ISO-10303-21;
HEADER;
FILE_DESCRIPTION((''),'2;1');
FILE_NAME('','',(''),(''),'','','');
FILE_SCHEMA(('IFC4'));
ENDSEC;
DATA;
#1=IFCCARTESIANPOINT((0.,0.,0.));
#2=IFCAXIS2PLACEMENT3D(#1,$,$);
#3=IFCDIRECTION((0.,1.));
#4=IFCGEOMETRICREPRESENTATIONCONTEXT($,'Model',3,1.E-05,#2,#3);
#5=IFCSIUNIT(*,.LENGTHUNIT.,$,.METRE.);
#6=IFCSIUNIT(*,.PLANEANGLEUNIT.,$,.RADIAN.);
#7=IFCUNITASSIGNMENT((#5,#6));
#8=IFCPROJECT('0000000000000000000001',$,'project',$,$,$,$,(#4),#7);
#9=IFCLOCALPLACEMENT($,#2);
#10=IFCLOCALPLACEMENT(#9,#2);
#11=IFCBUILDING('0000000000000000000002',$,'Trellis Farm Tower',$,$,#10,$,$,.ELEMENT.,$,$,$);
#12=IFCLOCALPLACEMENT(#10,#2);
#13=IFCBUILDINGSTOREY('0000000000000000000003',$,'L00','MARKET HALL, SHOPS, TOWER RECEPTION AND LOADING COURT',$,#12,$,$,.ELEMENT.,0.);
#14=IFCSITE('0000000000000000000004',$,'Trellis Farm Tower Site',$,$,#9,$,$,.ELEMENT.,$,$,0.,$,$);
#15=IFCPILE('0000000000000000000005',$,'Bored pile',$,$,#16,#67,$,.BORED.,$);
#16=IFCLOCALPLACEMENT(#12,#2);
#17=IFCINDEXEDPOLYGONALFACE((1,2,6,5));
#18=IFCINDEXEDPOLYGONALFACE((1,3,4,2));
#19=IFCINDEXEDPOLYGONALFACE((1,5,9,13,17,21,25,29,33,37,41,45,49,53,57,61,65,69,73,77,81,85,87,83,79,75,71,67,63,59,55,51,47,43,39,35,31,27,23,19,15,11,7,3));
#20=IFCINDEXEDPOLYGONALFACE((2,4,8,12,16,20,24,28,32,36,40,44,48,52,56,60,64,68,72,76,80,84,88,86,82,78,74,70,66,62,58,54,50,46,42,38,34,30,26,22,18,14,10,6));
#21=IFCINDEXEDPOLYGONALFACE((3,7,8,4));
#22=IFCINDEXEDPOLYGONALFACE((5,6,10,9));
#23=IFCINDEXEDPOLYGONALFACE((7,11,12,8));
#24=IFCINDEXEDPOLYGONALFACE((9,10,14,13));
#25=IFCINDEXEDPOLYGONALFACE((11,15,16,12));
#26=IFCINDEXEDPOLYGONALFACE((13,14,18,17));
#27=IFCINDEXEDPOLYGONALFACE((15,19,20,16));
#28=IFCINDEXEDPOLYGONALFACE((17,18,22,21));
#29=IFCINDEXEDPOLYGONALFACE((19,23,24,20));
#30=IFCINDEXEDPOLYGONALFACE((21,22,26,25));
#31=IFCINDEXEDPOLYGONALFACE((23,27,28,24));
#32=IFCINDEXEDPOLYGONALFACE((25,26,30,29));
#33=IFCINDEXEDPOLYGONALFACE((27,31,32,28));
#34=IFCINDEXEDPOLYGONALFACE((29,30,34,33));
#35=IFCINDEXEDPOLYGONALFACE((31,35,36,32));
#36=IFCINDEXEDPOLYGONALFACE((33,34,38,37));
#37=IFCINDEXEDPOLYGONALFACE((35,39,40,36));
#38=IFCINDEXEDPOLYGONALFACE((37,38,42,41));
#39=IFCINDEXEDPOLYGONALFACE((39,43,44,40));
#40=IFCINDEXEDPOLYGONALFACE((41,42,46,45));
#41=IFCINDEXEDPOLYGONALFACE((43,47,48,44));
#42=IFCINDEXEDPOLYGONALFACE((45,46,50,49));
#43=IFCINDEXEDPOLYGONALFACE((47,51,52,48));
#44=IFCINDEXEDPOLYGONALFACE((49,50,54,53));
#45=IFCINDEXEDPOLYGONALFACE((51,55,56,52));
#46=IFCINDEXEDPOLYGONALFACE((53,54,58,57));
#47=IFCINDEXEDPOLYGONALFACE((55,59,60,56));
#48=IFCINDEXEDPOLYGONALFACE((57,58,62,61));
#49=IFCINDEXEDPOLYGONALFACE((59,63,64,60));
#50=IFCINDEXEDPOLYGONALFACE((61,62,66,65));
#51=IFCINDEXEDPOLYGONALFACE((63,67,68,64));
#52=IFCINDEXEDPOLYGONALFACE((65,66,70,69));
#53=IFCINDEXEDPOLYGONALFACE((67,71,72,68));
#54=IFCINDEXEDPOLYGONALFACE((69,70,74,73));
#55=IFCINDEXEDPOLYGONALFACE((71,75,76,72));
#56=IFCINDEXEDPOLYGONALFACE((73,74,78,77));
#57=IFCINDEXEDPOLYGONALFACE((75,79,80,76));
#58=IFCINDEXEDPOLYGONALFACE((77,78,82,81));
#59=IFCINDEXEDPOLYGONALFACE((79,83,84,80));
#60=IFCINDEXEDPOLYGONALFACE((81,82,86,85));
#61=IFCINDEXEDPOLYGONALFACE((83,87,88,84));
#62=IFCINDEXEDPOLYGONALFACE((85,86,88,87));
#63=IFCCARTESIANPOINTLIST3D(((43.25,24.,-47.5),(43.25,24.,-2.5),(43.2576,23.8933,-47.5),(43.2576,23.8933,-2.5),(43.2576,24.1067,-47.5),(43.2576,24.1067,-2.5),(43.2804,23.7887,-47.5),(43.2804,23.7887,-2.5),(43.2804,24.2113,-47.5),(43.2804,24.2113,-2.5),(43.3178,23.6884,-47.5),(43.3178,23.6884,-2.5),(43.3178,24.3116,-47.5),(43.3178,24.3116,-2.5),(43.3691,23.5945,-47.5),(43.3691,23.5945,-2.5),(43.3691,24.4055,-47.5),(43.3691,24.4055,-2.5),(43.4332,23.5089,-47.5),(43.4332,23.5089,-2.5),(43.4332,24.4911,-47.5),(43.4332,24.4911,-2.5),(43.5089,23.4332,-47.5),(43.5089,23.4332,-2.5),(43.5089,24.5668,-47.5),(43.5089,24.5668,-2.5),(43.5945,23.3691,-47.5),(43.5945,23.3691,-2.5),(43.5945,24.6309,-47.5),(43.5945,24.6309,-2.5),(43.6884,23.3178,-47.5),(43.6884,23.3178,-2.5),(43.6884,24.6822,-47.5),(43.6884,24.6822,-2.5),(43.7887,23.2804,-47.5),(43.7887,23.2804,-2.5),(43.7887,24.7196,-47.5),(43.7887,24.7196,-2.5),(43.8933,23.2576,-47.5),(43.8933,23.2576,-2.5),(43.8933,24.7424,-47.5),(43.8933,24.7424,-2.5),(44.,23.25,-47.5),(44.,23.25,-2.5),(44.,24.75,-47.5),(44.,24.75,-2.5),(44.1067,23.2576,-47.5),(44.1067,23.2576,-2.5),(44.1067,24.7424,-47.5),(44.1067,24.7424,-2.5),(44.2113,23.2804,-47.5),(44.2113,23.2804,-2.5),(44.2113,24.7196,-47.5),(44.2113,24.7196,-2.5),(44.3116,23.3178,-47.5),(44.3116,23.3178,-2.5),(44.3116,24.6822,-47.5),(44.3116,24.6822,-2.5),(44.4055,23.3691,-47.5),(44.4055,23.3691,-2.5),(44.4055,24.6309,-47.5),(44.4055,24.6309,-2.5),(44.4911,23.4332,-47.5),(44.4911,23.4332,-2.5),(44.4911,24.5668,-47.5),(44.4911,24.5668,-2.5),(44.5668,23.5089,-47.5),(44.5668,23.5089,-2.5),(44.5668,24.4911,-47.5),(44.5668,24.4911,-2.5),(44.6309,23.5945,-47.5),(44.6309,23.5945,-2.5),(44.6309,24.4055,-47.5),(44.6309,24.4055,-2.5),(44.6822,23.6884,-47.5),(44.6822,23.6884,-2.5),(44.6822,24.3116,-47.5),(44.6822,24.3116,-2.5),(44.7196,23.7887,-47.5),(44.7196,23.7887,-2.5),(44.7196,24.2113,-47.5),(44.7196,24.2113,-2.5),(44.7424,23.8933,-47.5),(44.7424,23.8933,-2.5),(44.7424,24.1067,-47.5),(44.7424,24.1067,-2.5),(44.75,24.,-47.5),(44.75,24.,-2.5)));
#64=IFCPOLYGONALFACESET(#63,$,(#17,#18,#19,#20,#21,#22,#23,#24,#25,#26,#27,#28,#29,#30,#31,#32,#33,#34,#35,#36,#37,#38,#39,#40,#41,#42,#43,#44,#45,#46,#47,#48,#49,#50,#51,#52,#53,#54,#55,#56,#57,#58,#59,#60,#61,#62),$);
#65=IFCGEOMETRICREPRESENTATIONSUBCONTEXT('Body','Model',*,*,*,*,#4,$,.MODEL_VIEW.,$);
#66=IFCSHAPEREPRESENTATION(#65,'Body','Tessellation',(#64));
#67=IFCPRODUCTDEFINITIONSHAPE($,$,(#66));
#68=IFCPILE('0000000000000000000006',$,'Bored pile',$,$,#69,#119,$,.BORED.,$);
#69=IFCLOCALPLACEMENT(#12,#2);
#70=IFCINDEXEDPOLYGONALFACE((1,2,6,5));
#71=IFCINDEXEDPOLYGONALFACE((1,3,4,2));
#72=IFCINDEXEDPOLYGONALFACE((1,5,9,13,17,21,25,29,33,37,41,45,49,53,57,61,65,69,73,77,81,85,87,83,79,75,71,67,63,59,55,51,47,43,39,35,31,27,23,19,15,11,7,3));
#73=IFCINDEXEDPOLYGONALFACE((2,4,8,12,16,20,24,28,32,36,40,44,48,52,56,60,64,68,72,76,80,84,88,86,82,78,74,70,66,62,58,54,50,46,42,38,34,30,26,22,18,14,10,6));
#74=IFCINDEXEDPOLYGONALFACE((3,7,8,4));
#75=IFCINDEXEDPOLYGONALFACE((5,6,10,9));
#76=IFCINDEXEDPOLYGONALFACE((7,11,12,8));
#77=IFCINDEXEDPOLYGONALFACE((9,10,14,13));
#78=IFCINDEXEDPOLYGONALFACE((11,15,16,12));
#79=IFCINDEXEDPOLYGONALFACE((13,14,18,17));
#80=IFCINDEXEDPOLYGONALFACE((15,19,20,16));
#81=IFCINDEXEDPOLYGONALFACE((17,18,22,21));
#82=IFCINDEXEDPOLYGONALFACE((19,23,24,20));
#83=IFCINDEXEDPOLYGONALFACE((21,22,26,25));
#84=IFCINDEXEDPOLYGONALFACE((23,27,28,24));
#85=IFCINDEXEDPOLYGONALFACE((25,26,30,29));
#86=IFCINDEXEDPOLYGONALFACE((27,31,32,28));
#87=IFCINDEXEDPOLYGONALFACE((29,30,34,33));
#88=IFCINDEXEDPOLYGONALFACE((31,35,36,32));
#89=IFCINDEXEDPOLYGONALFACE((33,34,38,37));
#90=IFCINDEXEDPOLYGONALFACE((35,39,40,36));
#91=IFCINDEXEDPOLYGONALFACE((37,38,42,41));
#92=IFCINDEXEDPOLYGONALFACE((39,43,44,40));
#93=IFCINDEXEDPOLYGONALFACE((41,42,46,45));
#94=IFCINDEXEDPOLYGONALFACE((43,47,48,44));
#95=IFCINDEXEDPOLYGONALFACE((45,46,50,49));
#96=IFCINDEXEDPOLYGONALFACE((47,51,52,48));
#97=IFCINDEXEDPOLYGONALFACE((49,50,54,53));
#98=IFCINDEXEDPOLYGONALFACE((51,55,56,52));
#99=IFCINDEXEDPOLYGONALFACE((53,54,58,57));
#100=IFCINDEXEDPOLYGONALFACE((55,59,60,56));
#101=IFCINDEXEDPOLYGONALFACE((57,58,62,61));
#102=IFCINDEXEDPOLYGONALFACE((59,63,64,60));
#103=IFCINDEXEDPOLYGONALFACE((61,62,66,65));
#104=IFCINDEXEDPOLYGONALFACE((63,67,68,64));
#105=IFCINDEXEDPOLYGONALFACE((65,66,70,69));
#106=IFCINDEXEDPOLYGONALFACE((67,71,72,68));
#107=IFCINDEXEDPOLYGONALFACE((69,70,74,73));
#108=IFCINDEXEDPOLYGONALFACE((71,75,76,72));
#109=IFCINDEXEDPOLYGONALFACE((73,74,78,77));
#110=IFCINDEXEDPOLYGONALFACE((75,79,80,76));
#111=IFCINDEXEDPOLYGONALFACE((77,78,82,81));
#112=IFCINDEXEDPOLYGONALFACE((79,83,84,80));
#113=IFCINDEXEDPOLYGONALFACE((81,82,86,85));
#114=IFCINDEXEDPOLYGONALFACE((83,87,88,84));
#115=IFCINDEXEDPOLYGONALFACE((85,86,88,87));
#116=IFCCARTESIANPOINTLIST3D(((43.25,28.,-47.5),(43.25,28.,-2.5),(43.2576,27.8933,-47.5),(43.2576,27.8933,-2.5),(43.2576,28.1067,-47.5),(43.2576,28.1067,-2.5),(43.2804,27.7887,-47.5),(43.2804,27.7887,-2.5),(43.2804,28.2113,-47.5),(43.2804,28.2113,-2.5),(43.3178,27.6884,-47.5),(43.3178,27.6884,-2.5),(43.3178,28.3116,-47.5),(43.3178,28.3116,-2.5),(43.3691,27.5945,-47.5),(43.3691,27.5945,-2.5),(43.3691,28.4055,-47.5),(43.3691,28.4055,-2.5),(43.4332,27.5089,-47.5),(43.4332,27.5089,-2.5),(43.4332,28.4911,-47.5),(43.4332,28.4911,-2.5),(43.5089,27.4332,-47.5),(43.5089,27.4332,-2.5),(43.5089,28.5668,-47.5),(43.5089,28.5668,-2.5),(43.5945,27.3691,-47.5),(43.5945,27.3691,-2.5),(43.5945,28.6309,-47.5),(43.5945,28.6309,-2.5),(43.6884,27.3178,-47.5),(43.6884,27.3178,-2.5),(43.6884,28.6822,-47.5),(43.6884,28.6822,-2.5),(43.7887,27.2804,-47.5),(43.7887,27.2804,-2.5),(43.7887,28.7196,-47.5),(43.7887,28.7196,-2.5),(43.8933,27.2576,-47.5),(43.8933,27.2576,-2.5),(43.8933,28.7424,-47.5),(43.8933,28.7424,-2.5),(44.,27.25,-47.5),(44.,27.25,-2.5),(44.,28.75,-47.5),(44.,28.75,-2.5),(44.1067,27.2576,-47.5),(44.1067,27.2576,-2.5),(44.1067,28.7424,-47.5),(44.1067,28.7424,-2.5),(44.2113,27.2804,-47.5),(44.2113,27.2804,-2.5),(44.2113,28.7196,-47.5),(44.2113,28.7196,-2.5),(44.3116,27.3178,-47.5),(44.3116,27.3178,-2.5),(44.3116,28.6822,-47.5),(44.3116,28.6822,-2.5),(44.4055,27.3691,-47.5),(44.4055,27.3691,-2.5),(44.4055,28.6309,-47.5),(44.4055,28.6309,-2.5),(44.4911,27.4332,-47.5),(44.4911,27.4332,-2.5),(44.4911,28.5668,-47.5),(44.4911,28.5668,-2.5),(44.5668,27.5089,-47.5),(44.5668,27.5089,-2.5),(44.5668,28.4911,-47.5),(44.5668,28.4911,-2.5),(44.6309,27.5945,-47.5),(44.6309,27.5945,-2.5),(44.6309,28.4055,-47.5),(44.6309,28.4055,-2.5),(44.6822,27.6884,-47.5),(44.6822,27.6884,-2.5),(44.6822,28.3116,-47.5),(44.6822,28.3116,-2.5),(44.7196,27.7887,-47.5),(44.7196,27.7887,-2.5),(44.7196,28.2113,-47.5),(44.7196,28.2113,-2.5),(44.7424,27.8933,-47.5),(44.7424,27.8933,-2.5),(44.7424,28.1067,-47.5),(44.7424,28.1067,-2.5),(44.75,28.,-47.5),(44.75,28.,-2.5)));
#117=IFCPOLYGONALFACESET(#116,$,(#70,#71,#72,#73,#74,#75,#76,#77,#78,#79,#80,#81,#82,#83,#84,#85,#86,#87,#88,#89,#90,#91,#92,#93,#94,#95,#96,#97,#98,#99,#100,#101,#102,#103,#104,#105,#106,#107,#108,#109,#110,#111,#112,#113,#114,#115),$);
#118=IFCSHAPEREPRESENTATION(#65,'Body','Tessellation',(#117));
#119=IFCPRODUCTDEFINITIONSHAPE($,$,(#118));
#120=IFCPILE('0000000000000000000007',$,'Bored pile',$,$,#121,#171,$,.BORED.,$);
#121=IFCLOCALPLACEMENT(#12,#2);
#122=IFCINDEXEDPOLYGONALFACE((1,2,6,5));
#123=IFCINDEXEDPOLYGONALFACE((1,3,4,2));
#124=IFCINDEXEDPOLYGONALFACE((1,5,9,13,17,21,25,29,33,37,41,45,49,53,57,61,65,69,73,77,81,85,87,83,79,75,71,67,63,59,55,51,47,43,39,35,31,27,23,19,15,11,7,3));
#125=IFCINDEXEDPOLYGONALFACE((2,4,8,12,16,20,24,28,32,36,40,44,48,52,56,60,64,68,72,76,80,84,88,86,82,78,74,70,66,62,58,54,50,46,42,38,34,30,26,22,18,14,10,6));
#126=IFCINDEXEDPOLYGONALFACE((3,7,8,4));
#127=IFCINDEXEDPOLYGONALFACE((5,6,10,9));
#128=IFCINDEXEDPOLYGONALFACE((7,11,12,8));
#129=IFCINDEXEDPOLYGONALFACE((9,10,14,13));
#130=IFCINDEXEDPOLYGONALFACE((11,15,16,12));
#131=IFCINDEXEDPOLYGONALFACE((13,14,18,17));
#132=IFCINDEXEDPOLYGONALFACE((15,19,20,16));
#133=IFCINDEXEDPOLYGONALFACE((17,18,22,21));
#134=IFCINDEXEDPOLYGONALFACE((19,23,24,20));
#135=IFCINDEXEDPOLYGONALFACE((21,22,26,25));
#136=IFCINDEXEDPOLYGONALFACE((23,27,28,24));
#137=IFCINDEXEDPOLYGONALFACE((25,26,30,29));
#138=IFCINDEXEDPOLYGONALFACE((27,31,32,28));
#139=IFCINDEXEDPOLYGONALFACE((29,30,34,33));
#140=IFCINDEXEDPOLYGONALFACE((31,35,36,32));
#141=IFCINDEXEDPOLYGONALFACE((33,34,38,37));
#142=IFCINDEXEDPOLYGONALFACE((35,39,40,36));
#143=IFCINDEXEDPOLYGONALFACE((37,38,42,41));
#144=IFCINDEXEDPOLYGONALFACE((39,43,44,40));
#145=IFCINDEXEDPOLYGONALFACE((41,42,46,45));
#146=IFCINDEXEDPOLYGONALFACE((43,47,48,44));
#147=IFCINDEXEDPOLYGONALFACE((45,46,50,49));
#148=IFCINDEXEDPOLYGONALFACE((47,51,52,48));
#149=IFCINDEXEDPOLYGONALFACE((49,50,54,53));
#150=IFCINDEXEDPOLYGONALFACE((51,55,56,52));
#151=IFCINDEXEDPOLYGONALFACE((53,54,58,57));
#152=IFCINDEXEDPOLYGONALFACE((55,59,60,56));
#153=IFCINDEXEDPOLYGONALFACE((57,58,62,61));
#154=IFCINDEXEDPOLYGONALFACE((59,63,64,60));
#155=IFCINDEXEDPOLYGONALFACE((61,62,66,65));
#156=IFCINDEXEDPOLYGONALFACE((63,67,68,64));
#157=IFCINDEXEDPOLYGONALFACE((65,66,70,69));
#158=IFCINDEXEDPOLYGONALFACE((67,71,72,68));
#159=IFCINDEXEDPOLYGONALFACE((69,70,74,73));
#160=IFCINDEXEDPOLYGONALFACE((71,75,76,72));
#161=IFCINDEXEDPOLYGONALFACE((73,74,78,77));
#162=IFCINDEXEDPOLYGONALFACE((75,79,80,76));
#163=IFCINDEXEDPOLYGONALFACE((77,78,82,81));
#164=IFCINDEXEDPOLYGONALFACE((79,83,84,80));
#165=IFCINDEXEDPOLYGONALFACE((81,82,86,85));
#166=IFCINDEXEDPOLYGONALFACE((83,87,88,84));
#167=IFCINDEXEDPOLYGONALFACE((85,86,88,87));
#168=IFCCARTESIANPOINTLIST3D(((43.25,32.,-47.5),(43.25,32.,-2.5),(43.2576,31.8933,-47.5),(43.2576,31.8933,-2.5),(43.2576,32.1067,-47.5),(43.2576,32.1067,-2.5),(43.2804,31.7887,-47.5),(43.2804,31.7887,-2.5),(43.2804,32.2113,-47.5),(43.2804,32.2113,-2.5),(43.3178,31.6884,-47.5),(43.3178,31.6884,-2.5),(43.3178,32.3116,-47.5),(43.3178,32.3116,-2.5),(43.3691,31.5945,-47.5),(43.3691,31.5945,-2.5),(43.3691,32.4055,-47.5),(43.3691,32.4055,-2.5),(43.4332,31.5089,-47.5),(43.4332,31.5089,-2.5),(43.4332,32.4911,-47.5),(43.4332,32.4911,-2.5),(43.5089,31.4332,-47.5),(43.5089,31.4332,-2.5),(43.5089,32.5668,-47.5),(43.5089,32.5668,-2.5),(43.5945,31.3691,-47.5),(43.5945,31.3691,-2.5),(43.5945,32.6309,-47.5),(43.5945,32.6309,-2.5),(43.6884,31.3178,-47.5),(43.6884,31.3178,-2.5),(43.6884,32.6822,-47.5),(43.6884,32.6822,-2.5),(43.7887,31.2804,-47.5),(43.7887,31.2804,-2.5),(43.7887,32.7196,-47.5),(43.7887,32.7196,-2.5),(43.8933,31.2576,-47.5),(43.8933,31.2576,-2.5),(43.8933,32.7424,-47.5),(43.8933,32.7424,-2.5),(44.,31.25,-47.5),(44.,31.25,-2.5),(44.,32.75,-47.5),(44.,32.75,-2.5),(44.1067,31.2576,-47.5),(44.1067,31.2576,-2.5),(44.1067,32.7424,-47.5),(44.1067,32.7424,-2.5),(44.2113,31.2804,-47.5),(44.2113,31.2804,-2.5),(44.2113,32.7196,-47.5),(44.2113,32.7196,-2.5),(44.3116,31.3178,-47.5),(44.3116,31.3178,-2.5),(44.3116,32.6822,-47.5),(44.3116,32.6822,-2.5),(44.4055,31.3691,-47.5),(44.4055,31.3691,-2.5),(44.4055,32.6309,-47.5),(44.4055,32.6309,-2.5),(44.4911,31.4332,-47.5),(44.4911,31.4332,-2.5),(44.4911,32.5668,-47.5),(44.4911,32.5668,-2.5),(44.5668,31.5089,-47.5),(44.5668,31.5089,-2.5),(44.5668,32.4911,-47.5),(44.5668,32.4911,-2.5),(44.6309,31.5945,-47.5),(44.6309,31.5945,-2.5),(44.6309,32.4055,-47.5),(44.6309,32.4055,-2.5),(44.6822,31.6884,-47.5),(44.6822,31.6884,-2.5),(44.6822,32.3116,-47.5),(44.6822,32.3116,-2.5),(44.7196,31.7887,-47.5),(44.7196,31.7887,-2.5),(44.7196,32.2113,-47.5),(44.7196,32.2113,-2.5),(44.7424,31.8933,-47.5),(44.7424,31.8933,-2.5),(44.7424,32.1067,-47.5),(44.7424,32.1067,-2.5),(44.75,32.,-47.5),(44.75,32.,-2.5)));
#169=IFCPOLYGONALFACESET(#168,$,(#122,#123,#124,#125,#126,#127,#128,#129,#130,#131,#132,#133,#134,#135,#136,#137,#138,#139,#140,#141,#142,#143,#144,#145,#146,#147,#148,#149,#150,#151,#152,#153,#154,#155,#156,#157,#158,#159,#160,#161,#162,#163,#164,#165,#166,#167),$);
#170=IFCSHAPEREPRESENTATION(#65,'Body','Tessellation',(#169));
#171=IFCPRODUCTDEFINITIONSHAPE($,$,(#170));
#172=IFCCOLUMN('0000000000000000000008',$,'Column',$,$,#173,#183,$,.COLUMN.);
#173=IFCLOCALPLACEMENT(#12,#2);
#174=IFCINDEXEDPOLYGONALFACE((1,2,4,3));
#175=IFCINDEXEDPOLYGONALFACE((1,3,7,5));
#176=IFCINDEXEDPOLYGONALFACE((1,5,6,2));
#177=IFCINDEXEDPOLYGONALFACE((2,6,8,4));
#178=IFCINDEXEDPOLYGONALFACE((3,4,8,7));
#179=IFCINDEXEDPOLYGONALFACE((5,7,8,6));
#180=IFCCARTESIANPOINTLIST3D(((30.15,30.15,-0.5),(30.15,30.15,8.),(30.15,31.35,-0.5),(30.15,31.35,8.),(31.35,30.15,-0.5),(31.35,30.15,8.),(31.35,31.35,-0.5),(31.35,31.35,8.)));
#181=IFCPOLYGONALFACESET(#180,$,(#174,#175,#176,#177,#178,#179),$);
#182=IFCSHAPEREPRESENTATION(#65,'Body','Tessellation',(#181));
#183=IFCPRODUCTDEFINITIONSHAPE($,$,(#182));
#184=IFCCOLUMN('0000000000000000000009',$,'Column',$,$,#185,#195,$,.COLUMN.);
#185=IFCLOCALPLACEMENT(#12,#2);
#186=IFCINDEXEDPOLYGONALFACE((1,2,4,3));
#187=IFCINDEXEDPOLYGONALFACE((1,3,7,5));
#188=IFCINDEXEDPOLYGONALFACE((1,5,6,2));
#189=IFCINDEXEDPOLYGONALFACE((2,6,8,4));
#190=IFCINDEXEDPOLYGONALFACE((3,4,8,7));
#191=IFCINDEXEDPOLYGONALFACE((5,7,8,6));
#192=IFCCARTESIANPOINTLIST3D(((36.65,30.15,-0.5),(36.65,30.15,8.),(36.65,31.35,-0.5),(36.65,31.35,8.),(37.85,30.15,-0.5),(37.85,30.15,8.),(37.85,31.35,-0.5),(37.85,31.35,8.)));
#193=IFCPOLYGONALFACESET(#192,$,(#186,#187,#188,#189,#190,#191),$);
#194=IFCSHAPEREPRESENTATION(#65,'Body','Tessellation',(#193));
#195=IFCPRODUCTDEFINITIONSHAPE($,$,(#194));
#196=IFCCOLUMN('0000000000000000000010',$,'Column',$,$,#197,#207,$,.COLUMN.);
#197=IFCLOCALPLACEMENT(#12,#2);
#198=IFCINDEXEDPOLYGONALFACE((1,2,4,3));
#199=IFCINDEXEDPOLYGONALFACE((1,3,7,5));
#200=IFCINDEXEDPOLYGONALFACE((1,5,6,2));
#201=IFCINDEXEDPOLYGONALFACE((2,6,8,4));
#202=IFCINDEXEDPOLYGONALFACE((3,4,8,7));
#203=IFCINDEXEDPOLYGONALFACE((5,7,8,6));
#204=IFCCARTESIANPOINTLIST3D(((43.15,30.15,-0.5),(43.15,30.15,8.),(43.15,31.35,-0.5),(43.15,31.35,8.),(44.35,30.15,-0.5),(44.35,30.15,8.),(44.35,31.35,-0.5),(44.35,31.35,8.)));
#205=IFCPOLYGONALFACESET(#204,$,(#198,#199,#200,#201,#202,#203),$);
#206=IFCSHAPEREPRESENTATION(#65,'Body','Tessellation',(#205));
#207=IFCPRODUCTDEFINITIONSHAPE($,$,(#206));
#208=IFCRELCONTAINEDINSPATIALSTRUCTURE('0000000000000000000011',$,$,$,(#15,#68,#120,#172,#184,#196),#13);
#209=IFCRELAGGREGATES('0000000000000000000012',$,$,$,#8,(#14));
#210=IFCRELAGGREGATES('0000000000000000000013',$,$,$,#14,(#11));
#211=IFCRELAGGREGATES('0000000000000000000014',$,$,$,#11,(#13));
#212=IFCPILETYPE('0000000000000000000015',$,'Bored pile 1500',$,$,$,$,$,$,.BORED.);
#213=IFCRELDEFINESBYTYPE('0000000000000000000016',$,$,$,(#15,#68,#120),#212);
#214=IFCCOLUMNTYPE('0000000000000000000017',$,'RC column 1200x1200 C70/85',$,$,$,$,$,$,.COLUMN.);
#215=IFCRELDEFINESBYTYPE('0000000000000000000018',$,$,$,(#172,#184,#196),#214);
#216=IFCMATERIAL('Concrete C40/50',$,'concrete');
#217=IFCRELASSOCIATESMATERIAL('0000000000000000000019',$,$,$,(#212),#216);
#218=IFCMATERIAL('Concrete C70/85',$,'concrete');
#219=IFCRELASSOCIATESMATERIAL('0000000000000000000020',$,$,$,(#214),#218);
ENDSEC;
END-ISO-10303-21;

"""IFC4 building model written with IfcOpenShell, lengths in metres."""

from ifc_helpers import new_model, si_unit, direction, frame, origin, origin_2d, place, context, subcontext, project, spatial, rectangle, circle, extrude, source, transform, mapped, material, material_profile, profile_set, type_object, element, save


model = new_model("IFC4")

# Units and contexts
model_context = context("Model", 3, precision=1e-05, world=origin(), true_north=direction((0.0, 1.0)))
body_context = subcontext(model_context, "Body", "Model", "MODEL_VIEW")
ifc_project = project(units=[si_unit("LENGTHUNIT", "METRE"), si_unit("PLANEANGLEUNIT", "RADIAN")], contexts=[model_context])

# Site, building, storey
site_placement = place(None, origin())
site = spatial("IfcSite", under=ifc_project, at=site_placement, Name="Trellis Farm Tower Site", CompositionType="ELEMENT", RefElevation=0.0)
building_placement = place(site_placement, origin())
building = spatial("IfcBuilding", under=site, at=building_placement, Name="Trellis Farm Tower", CompositionType="ELEMENT")
storey_placement = place(building_placement, origin())
storey = spatial("IfcBuildingStorey", under=building, at=storey_placement, Name="L00", Description="MARKET HALL, SHOPS, TOWER RECEPTION AND LOADING COURT", CompositionType="ELEMENT", Elevation=0.0)

# Piles
ifc_material_1 = material(Name="Concrete C40/50", Category="concrete")
ifc_material_profile_1 = material_profile(ifc_material_1, circle(Radius=0.75, at=origin_2d()), Name="Bored pile 1500")
ifc_profile_set_1 = profile_set([ifc_material_profile_1], Name="Concrete C40/50")
pile_type = type_object("IfcPileType", Name="Bored pile 1500", PredefinedType="BORED", material=ifc_profile_set_1)
shared_shape_1 = source(origin(), body_context, "Body", "SweptSolid", [
    extrude(circle(Radius=0.75, at=origin_2d()), origin(), (0.0, 0.0, 1.0), 45.0),
])
for number, where, z_axis, x_axis, name in (
    (1, (44.0, 24.0, -2.5), (0.0, 0.0, -1.0), (1.0, 0.0, 0.0), "Bored pile"),
    (2, (44.0, 28.0, -2.5), (0.0, 0.0, -1.0), (1.0, 0.0, 0.0), "Bored pile"),
    (3, (44.0, 32.0, -2.5), (0.0, 0.0, -1.0), (1.0, 0.0, 0.0), "Bored pile"),
):
    element("IfcPile", number, at=place(storey_placement, frame(where, z_axis=z_axis, x_axis=x_axis)), inside=storey, type_object=pile_type, Name=name, PredefinedType="BORED", context=body_context, shape_type="MappedRepresentation", body=[
        mapped(shared_shape_1, transform((0.0, 0.0, 0.0))),
    ])

# Columns
ifc_material_2 = material(Name="Concrete C70/85", Category="concrete")
ifc_material_profile_2 = material_profile(ifc_material_2, rectangle(XDim=1.2, YDim=1.2, at=origin_2d()), Name="RC column 1200x1200 C70/85")
ifc_profile_set_2 = profile_set([ifc_material_profile_2], Name="Concrete C70/85")
column_type = type_object("IfcColumnType", Name="RC column 1200x1200 C70/85", PredefinedType="COLUMN", material=ifc_profile_set_2)
shared_shape_2 = source(origin(), body_context, "Body", "SweptSolid", [
    extrude(rectangle(XDim=1.2, YDim=1.2, at=origin_2d()), origin(), (0.0, 0.0, 1.0), 8.5),
])
for number, where, z_axis, x_axis, name in (
    (4, (30.75, 30.75, -0.5), (0.0, 0.0, 1.0), (1.0, 0.0, 0.0), "Column"),
    (5, (37.25, 30.75, -0.5), (0.0, 0.0, 1.0), (1.0, 0.0, 0.0), "Column"),
    (6, (43.75, 30.75, -0.5), (0.0, 0.0, 1.0), (1.0, 0.0, 0.0), "Column"),
):
    element("IfcColumn", number, at=place(storey_placement, frame(where, z_axis=z_axis, x_axis=x_axis)), inside=storey, type_object=column_type, Name=name, PredefinedType="COLUMN", context=body_context, shape_type="MappedRepresentation", body=[
        mapped(shared_shape_2, transform((0.0, 0.0, 0.0))),
    ])

save(model, "model.ifc")
